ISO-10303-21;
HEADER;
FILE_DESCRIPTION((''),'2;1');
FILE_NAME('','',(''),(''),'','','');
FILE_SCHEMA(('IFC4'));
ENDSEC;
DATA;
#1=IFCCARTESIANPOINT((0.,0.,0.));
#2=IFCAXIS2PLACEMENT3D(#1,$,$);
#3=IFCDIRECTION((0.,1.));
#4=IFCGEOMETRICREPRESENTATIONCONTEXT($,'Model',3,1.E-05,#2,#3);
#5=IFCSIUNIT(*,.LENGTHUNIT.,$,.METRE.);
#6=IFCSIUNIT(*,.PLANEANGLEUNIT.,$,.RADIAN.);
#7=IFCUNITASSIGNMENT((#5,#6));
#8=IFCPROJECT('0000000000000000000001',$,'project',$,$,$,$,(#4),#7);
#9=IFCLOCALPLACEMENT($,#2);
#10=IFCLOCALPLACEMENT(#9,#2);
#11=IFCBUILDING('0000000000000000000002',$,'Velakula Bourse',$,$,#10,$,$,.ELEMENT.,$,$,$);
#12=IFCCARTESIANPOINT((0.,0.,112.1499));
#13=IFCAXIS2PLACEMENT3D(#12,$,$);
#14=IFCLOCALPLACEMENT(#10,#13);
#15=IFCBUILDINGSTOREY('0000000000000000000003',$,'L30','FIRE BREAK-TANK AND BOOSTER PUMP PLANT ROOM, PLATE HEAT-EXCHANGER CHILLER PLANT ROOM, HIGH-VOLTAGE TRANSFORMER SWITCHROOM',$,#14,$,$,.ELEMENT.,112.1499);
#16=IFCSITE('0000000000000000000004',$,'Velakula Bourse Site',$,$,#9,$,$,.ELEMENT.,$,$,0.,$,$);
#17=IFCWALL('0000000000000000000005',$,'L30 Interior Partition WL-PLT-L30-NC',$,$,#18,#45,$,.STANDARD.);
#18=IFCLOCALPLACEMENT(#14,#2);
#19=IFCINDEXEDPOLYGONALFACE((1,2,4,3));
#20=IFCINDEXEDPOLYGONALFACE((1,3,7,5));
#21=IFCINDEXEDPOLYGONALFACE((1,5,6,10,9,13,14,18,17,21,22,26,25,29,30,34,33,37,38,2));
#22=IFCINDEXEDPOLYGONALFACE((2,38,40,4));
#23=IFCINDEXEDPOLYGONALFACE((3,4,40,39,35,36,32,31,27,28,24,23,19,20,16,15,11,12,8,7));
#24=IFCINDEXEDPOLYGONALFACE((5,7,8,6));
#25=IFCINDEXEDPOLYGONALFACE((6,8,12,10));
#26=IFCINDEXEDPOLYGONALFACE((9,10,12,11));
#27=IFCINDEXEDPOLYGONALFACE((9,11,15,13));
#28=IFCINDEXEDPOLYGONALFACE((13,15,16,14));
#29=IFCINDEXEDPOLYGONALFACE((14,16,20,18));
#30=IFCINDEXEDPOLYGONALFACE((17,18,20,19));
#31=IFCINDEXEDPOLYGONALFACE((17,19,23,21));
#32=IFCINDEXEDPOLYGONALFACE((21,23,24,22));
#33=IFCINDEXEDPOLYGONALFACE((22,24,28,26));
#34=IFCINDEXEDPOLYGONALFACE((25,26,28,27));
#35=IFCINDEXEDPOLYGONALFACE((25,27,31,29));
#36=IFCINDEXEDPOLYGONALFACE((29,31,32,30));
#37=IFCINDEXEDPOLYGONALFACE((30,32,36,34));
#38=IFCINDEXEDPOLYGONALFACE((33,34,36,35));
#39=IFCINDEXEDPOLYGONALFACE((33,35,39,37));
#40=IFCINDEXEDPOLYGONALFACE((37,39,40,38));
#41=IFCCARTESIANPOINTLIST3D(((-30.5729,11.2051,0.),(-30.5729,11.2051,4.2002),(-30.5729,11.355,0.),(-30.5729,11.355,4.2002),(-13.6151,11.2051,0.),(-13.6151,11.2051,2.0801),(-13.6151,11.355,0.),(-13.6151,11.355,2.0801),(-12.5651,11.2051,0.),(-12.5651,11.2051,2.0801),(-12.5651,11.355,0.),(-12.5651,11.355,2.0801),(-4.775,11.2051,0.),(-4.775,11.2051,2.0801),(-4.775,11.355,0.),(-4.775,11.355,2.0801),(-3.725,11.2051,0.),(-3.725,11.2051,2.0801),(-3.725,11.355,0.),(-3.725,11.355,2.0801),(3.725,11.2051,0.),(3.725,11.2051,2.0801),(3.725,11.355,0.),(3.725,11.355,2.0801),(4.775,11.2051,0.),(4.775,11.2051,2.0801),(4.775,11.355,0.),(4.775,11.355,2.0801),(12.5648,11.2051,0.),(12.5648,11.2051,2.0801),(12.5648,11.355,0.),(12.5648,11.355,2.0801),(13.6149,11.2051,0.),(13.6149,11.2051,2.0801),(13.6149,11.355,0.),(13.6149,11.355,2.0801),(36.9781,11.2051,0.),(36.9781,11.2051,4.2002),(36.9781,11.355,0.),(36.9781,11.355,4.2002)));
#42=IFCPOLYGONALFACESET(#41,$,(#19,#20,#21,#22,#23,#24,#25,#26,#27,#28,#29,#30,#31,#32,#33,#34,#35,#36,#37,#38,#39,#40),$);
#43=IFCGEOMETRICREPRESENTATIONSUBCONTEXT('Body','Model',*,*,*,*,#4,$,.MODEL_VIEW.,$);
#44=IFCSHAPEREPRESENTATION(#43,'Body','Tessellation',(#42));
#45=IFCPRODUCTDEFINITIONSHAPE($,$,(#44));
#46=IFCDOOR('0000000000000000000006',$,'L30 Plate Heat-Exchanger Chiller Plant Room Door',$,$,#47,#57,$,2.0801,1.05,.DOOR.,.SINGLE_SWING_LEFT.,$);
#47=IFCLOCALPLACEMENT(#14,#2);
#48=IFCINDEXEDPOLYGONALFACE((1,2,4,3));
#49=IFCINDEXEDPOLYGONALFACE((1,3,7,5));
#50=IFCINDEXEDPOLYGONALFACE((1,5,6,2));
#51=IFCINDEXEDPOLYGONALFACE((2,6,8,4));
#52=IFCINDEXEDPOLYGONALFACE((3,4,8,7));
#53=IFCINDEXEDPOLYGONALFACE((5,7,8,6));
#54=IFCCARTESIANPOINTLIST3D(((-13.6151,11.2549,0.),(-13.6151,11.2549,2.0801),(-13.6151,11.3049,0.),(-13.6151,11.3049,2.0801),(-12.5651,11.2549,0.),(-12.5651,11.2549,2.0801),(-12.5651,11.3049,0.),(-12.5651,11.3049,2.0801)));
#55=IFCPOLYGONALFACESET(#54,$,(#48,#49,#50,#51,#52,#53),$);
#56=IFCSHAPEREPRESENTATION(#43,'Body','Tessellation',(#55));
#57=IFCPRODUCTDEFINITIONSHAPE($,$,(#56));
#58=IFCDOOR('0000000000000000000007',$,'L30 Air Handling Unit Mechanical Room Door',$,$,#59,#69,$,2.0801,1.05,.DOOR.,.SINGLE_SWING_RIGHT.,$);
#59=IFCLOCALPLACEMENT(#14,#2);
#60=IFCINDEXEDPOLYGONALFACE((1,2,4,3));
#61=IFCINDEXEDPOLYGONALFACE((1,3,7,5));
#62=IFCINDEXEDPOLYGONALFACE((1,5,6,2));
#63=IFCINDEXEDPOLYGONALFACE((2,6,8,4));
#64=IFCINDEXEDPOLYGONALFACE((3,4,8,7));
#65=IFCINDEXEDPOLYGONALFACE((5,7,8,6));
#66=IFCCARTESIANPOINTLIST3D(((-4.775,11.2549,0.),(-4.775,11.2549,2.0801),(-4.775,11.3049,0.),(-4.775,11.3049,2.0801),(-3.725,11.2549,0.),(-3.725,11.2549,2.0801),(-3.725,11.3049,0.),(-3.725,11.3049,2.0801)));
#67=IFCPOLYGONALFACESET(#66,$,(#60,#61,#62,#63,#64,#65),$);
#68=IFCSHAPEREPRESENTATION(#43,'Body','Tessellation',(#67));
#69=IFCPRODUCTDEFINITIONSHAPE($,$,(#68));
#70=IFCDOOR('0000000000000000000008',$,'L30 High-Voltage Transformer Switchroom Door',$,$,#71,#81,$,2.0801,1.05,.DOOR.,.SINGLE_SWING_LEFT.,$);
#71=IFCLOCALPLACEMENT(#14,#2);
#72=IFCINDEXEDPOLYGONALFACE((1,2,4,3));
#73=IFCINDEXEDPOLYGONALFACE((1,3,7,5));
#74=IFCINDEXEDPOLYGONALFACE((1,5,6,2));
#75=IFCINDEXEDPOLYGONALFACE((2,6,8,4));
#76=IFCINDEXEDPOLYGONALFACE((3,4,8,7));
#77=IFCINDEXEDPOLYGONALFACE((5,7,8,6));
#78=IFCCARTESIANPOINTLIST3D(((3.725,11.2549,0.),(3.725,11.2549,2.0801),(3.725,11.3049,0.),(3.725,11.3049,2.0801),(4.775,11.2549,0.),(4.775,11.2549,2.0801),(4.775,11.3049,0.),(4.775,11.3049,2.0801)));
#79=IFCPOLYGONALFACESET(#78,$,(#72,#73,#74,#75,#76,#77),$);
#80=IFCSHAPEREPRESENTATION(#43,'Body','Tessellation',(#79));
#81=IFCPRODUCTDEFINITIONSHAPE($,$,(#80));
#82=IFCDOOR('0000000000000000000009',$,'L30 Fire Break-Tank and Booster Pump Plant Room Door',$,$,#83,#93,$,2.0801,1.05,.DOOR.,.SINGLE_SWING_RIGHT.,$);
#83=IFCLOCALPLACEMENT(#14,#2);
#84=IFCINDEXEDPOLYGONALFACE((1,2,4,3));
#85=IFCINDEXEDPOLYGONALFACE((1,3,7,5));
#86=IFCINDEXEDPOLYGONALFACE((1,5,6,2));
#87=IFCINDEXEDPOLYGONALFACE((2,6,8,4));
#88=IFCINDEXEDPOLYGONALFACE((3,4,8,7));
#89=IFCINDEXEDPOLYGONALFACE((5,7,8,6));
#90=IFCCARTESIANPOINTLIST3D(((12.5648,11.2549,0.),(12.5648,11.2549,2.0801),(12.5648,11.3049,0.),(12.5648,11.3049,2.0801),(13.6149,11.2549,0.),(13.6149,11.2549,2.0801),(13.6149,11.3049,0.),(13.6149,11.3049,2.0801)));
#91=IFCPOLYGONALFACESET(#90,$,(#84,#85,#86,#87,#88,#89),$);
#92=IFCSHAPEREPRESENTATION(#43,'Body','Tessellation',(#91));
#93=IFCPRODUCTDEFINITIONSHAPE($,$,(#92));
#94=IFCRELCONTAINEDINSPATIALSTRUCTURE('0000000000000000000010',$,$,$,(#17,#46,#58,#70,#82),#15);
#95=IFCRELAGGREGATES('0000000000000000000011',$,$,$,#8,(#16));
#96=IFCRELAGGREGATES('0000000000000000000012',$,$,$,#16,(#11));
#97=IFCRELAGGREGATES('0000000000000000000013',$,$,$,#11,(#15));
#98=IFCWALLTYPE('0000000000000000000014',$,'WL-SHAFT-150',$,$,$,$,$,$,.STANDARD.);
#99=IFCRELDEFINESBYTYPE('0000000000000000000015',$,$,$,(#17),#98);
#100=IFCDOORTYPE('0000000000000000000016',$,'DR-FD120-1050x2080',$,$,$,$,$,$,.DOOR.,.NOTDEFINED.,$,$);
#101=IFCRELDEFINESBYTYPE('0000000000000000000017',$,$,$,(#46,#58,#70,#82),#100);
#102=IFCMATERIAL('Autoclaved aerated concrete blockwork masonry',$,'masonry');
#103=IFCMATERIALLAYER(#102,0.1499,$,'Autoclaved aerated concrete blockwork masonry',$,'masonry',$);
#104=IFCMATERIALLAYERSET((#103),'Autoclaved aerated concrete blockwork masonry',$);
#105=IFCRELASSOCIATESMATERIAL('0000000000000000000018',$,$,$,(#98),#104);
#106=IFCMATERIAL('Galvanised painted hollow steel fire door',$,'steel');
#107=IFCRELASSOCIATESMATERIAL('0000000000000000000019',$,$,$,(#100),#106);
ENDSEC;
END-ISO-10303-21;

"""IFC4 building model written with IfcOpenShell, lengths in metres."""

from ifc_helpers import new_model, si_unit, direction, frame, frame_2d, origin, place, context, subcontext, project, spatial, rectangle, extrude, material, layer, layer_set, type_object, element, fill, save


model = new_model("IFC4")

# Units and contexts
model_context = context("Model", 3, precision=1e-05, world=origin(), true_north=direction((0.0, 1.0)))
body_context = subcontext(model_context, "Body", "Model", "MODEL_VIEW")
ifc_project = project(units=[si_unit("LENGTHUNIT", "METRE"), si_unit("PLANEANGLEUNIT", "RADIAN")], contexts=[model_context])

# Site, building, storey
site_placement = place(None, origin())
site = spatial("IfcSite", under=ifc_project, at=site_placement, Name="Velakula Bourse Site", CompositionType="ELEMENT", RefElevation=0.0)
building_placement = place(site_placement, origin())
building = spatial("IfcBuilding", under=site, at=building_placement, Name="Velakula Bourse", CompositionType="ELEMENT")
storey_placement = place(building_placement, frame((0.0, 0.0, 112.1499)))
storey = spatial("IfcBuildingStorey", under=building, at=storey_placement, Name="L30", Description="FIRE BREAK-TANK AND BOOSTER PUMP PLANT ROOM, PLATE HEAT-EXCHANGER CHILLER PLANT ROOM, HIGH-VOLTAGE TRANSFORMER SWITCHROOM", CompositionType="ELEMENT", Elevation=112.1499)

# Wall, openings, doors
ifc_material_1 = material(Name="Autoclaved aerated concrete blockwork masonry", Category="masonry")
ifc_layer_1 = layer(ifc_material_1, 0.1499, Name="Autoclaved aerated concrete blockwork masonry", Category="masonry")
ifc_layer_set_1 = layer_set([ifc_layer_1], Name="Autoclaved aerated concrete blockwork masonry")
wall_type_1 = type_object("IfcWallType", Name="WL-SHAFT-150", PredefinedType="STANDARD", material=ifc_layer_set_1)
wall_1_placement = place(storey_placement, frame((-30.5728, 11.28, 0.0), z_axis=(0.0, 0.0, 1.0), x_axis=(1.0, 0.0, 0.0)))
wall_1 = element("IfcWall", 1, at=wall_1_placement, inside=storey, type_object=wall_type_1, Name="L30 Interior Partition WL-PLT-L30-NC", PredefinedType="STANDARD", context=body_context, shape_type="SweptSolid", body=[
    extrude(rectangle(XDim=67.551, YDim=0.1499, at=frame_2d((33.7754, 0.0))), origin(), (0.0, 0.0, 1.0), 4.2002),
])
opening_1_placement = place(wall_1_placement, frame((16.9578, 0.0, 0.0)))
opening_1 = element("IfcOpeningElement", 2, at=opening_1_placement, cuts=wall_1, PredefinedType="OPENING", context=body_context, shape_type="SweptSolid", body=[
    extrude(rectangle(XDim=1.05, YDim=2.0801, at=frame_2d((0.5249, 1.04))), frame((0.0, 0.085, 0.0), z_axis=(0.0, -1.0, 0.0), x_axis=(1.0, 0.0, 0.0)), (0.0, 0.0, 1.0), 0.1699),
])
opening_2_placement = place(wall_1_placement, frame((25.7979, 0.0, 0.0)))
opening_2 = element("IfcOpeningElement", 3, at=opening_2_placement, cuts=wall_1, PredefinedType="OPENING", context=body_context, shape_type="SweptSolid", body=[
    extrude(rectangle(XDim=1.05, YDim=2.0801, at=frame_2d((0.5249, 1.04))), frame((0.0, 0.085, 0.0), z_axis=(0.0, -1.0, 0.0), x_axis=(1.0, 0.0, 0.0)), (0.0, 0.0, 1.0), 0.1699),
])
opening_3_placement = place(wall_1_placement, frame((34.2979, 0.0, 0.0)))
opening_3 = element("IfcOpeningElement", 4, at=opening_3_placement, cuts=wall_1, PredefinedType="OPENING", context=body_context, shape_type="SweptSolid", body=[
    extrude(rectangle(XDim=1.05, YDim=2.0801, at=frame_2d((0.5249, 1.04))), frame((0.0, 0.085, 0.0), z_axis=(0.0, -1.0, 0.0), x_axis=(1.0, 0.0, 0.0)), (0.0, 0.0, 1.0), 0.1699),
])
opening_4_placement = place(wall_1_placement, frame((43.1377, 0.0, 0.0)))
opening_4 = element("IfcOpeningElement", 5, at=opening_4_placement, cuts=wall_1, PredefinedType="OPENING", context=body_context, shape_type="SweptSolid", body=[
    extrude(rectangle(XDim=1.05, YDim=2.0801, at=frame_2d((0.5249, 1.04))), frame((0.0, 0.085, 0.0), z_axis=(0.0, -1.0, 0.0), x_axis=(1.0, 0.0, 0.0)), (0.0, 0.0, 1.0), 0.1699),
])
ifc_material_2 = material(Name="Galvanised painted hollow steel fire door", Category="steel")
door_type_1 = type_object("IfcDoorType", Name="DR-FD120-1050x2080", OperationType="NOTDEFINED", PredefinedType="DOOR", material=ifc_material_2)
door_1_placement = place(opening_1_placement, origin())
door_1 = element("IfcDoor", 6, at=door_1_placement, inside=storey, type_object=door_type_1, Name="L30 Plate Heat-Exchanger Chiller Plant Room Door", OperationType="SINGLE_SWING_LEFT", OverallHeight=2.0801, OverallWidth=1.05, PredefinedType="DOOR", context=body_context, shape_type="SweptSolid", body=[
    extrude(rectangle(XDim=1.05, YDim=2.0801, at=frame_2d((0.5249, 1.04))), frame((0.0, 0.0249, 0.0), z_axis=(0.0, -1.0, 0.0), x_axis=(1.0, 0.0, 0.0)), (0.0, 0.0, 1.0), 0.05),
])
fill(opening_1, door_1)
door_2_placement = place(opening_2_placement, origin())
door_2 = element("IfcDoor", 7, at=door_2_placement, inside=storey, type_object=door_type_1, Name="L30 Air Handling Unit Mechanical Room Door", OperationType="SINGLE_SWING_RIGHT", OverallHeight=2.0801, OverallWidth=1.05, PredefinedType="DOOR", context=body_context, shape_type="SweptSolid", body=[
    extrude(rectangle(XDim=1.05, YDim=2.0801, at=frame_2d((0.5249, 1.04))), frame((0.0, 0.0249, 0.0), z_axis=(0.0, -1.0, 0.0), x_axis=(1.0, 0.0, 0.0)), (0.0, 0.0, 1.0), 0.05),
])
fill(opening_2, door_2)
door_3_placement = place(opening_3_placement, origin())
door_3 = element("IfcDoor", 8, at=door_3_placement, inside=storey, type_object=door_type_1, Name="L30 High-Voltage Transformer Switchroom Door", OperationType="SINGLE_SWING_LEFT", OverallHeight=2.0801, OverallWidth=1.05, PredefinedType="DOOR", context=body_context, shape_type="SweptSolid", body=[
    extrude(rectangle(XDim=1.05, YDim=2.0801, at=frame_2d((0.5249, 1.04))), frame((0.0, 0.0249, 0.0), z_axis=(0.0, -1.0, 0.0), x_axis=(1.0, 0.0, 0.0)), (0.0, 0.0, 1.0), 0.05),
])
fill(opening_3, door_3)
door_4_placement = place(opening_4_placement, origin())
door_4 = element("IfcDoor", 9, at=door_4_placement, inside=storey, type_object=door_type_1, Name="L30 Fire Break-Tank and Booster Pump Plant Room Door", OperationType="SINGLE_SWING_RIGHT", OverallHeight=2.0801, OverallWidth=1.05, PredefinedType="DOOR", context=body_context, shape_type="SweptSolid", body=[
    extrude(rectangle(XDim=1.05, YDim=2.0801, at=frame_2d((0.5249, 1.04))), frame((0.0, 0.0249, 0.0), z_axis=(0.0, -1.0, 0.0), x_axis=(1.0, 0.0, 0.0)), (0.0, 0.0, 1.0), 0.05),
])
fill(opening_4, door_4)

save(model, "model.ifc")
